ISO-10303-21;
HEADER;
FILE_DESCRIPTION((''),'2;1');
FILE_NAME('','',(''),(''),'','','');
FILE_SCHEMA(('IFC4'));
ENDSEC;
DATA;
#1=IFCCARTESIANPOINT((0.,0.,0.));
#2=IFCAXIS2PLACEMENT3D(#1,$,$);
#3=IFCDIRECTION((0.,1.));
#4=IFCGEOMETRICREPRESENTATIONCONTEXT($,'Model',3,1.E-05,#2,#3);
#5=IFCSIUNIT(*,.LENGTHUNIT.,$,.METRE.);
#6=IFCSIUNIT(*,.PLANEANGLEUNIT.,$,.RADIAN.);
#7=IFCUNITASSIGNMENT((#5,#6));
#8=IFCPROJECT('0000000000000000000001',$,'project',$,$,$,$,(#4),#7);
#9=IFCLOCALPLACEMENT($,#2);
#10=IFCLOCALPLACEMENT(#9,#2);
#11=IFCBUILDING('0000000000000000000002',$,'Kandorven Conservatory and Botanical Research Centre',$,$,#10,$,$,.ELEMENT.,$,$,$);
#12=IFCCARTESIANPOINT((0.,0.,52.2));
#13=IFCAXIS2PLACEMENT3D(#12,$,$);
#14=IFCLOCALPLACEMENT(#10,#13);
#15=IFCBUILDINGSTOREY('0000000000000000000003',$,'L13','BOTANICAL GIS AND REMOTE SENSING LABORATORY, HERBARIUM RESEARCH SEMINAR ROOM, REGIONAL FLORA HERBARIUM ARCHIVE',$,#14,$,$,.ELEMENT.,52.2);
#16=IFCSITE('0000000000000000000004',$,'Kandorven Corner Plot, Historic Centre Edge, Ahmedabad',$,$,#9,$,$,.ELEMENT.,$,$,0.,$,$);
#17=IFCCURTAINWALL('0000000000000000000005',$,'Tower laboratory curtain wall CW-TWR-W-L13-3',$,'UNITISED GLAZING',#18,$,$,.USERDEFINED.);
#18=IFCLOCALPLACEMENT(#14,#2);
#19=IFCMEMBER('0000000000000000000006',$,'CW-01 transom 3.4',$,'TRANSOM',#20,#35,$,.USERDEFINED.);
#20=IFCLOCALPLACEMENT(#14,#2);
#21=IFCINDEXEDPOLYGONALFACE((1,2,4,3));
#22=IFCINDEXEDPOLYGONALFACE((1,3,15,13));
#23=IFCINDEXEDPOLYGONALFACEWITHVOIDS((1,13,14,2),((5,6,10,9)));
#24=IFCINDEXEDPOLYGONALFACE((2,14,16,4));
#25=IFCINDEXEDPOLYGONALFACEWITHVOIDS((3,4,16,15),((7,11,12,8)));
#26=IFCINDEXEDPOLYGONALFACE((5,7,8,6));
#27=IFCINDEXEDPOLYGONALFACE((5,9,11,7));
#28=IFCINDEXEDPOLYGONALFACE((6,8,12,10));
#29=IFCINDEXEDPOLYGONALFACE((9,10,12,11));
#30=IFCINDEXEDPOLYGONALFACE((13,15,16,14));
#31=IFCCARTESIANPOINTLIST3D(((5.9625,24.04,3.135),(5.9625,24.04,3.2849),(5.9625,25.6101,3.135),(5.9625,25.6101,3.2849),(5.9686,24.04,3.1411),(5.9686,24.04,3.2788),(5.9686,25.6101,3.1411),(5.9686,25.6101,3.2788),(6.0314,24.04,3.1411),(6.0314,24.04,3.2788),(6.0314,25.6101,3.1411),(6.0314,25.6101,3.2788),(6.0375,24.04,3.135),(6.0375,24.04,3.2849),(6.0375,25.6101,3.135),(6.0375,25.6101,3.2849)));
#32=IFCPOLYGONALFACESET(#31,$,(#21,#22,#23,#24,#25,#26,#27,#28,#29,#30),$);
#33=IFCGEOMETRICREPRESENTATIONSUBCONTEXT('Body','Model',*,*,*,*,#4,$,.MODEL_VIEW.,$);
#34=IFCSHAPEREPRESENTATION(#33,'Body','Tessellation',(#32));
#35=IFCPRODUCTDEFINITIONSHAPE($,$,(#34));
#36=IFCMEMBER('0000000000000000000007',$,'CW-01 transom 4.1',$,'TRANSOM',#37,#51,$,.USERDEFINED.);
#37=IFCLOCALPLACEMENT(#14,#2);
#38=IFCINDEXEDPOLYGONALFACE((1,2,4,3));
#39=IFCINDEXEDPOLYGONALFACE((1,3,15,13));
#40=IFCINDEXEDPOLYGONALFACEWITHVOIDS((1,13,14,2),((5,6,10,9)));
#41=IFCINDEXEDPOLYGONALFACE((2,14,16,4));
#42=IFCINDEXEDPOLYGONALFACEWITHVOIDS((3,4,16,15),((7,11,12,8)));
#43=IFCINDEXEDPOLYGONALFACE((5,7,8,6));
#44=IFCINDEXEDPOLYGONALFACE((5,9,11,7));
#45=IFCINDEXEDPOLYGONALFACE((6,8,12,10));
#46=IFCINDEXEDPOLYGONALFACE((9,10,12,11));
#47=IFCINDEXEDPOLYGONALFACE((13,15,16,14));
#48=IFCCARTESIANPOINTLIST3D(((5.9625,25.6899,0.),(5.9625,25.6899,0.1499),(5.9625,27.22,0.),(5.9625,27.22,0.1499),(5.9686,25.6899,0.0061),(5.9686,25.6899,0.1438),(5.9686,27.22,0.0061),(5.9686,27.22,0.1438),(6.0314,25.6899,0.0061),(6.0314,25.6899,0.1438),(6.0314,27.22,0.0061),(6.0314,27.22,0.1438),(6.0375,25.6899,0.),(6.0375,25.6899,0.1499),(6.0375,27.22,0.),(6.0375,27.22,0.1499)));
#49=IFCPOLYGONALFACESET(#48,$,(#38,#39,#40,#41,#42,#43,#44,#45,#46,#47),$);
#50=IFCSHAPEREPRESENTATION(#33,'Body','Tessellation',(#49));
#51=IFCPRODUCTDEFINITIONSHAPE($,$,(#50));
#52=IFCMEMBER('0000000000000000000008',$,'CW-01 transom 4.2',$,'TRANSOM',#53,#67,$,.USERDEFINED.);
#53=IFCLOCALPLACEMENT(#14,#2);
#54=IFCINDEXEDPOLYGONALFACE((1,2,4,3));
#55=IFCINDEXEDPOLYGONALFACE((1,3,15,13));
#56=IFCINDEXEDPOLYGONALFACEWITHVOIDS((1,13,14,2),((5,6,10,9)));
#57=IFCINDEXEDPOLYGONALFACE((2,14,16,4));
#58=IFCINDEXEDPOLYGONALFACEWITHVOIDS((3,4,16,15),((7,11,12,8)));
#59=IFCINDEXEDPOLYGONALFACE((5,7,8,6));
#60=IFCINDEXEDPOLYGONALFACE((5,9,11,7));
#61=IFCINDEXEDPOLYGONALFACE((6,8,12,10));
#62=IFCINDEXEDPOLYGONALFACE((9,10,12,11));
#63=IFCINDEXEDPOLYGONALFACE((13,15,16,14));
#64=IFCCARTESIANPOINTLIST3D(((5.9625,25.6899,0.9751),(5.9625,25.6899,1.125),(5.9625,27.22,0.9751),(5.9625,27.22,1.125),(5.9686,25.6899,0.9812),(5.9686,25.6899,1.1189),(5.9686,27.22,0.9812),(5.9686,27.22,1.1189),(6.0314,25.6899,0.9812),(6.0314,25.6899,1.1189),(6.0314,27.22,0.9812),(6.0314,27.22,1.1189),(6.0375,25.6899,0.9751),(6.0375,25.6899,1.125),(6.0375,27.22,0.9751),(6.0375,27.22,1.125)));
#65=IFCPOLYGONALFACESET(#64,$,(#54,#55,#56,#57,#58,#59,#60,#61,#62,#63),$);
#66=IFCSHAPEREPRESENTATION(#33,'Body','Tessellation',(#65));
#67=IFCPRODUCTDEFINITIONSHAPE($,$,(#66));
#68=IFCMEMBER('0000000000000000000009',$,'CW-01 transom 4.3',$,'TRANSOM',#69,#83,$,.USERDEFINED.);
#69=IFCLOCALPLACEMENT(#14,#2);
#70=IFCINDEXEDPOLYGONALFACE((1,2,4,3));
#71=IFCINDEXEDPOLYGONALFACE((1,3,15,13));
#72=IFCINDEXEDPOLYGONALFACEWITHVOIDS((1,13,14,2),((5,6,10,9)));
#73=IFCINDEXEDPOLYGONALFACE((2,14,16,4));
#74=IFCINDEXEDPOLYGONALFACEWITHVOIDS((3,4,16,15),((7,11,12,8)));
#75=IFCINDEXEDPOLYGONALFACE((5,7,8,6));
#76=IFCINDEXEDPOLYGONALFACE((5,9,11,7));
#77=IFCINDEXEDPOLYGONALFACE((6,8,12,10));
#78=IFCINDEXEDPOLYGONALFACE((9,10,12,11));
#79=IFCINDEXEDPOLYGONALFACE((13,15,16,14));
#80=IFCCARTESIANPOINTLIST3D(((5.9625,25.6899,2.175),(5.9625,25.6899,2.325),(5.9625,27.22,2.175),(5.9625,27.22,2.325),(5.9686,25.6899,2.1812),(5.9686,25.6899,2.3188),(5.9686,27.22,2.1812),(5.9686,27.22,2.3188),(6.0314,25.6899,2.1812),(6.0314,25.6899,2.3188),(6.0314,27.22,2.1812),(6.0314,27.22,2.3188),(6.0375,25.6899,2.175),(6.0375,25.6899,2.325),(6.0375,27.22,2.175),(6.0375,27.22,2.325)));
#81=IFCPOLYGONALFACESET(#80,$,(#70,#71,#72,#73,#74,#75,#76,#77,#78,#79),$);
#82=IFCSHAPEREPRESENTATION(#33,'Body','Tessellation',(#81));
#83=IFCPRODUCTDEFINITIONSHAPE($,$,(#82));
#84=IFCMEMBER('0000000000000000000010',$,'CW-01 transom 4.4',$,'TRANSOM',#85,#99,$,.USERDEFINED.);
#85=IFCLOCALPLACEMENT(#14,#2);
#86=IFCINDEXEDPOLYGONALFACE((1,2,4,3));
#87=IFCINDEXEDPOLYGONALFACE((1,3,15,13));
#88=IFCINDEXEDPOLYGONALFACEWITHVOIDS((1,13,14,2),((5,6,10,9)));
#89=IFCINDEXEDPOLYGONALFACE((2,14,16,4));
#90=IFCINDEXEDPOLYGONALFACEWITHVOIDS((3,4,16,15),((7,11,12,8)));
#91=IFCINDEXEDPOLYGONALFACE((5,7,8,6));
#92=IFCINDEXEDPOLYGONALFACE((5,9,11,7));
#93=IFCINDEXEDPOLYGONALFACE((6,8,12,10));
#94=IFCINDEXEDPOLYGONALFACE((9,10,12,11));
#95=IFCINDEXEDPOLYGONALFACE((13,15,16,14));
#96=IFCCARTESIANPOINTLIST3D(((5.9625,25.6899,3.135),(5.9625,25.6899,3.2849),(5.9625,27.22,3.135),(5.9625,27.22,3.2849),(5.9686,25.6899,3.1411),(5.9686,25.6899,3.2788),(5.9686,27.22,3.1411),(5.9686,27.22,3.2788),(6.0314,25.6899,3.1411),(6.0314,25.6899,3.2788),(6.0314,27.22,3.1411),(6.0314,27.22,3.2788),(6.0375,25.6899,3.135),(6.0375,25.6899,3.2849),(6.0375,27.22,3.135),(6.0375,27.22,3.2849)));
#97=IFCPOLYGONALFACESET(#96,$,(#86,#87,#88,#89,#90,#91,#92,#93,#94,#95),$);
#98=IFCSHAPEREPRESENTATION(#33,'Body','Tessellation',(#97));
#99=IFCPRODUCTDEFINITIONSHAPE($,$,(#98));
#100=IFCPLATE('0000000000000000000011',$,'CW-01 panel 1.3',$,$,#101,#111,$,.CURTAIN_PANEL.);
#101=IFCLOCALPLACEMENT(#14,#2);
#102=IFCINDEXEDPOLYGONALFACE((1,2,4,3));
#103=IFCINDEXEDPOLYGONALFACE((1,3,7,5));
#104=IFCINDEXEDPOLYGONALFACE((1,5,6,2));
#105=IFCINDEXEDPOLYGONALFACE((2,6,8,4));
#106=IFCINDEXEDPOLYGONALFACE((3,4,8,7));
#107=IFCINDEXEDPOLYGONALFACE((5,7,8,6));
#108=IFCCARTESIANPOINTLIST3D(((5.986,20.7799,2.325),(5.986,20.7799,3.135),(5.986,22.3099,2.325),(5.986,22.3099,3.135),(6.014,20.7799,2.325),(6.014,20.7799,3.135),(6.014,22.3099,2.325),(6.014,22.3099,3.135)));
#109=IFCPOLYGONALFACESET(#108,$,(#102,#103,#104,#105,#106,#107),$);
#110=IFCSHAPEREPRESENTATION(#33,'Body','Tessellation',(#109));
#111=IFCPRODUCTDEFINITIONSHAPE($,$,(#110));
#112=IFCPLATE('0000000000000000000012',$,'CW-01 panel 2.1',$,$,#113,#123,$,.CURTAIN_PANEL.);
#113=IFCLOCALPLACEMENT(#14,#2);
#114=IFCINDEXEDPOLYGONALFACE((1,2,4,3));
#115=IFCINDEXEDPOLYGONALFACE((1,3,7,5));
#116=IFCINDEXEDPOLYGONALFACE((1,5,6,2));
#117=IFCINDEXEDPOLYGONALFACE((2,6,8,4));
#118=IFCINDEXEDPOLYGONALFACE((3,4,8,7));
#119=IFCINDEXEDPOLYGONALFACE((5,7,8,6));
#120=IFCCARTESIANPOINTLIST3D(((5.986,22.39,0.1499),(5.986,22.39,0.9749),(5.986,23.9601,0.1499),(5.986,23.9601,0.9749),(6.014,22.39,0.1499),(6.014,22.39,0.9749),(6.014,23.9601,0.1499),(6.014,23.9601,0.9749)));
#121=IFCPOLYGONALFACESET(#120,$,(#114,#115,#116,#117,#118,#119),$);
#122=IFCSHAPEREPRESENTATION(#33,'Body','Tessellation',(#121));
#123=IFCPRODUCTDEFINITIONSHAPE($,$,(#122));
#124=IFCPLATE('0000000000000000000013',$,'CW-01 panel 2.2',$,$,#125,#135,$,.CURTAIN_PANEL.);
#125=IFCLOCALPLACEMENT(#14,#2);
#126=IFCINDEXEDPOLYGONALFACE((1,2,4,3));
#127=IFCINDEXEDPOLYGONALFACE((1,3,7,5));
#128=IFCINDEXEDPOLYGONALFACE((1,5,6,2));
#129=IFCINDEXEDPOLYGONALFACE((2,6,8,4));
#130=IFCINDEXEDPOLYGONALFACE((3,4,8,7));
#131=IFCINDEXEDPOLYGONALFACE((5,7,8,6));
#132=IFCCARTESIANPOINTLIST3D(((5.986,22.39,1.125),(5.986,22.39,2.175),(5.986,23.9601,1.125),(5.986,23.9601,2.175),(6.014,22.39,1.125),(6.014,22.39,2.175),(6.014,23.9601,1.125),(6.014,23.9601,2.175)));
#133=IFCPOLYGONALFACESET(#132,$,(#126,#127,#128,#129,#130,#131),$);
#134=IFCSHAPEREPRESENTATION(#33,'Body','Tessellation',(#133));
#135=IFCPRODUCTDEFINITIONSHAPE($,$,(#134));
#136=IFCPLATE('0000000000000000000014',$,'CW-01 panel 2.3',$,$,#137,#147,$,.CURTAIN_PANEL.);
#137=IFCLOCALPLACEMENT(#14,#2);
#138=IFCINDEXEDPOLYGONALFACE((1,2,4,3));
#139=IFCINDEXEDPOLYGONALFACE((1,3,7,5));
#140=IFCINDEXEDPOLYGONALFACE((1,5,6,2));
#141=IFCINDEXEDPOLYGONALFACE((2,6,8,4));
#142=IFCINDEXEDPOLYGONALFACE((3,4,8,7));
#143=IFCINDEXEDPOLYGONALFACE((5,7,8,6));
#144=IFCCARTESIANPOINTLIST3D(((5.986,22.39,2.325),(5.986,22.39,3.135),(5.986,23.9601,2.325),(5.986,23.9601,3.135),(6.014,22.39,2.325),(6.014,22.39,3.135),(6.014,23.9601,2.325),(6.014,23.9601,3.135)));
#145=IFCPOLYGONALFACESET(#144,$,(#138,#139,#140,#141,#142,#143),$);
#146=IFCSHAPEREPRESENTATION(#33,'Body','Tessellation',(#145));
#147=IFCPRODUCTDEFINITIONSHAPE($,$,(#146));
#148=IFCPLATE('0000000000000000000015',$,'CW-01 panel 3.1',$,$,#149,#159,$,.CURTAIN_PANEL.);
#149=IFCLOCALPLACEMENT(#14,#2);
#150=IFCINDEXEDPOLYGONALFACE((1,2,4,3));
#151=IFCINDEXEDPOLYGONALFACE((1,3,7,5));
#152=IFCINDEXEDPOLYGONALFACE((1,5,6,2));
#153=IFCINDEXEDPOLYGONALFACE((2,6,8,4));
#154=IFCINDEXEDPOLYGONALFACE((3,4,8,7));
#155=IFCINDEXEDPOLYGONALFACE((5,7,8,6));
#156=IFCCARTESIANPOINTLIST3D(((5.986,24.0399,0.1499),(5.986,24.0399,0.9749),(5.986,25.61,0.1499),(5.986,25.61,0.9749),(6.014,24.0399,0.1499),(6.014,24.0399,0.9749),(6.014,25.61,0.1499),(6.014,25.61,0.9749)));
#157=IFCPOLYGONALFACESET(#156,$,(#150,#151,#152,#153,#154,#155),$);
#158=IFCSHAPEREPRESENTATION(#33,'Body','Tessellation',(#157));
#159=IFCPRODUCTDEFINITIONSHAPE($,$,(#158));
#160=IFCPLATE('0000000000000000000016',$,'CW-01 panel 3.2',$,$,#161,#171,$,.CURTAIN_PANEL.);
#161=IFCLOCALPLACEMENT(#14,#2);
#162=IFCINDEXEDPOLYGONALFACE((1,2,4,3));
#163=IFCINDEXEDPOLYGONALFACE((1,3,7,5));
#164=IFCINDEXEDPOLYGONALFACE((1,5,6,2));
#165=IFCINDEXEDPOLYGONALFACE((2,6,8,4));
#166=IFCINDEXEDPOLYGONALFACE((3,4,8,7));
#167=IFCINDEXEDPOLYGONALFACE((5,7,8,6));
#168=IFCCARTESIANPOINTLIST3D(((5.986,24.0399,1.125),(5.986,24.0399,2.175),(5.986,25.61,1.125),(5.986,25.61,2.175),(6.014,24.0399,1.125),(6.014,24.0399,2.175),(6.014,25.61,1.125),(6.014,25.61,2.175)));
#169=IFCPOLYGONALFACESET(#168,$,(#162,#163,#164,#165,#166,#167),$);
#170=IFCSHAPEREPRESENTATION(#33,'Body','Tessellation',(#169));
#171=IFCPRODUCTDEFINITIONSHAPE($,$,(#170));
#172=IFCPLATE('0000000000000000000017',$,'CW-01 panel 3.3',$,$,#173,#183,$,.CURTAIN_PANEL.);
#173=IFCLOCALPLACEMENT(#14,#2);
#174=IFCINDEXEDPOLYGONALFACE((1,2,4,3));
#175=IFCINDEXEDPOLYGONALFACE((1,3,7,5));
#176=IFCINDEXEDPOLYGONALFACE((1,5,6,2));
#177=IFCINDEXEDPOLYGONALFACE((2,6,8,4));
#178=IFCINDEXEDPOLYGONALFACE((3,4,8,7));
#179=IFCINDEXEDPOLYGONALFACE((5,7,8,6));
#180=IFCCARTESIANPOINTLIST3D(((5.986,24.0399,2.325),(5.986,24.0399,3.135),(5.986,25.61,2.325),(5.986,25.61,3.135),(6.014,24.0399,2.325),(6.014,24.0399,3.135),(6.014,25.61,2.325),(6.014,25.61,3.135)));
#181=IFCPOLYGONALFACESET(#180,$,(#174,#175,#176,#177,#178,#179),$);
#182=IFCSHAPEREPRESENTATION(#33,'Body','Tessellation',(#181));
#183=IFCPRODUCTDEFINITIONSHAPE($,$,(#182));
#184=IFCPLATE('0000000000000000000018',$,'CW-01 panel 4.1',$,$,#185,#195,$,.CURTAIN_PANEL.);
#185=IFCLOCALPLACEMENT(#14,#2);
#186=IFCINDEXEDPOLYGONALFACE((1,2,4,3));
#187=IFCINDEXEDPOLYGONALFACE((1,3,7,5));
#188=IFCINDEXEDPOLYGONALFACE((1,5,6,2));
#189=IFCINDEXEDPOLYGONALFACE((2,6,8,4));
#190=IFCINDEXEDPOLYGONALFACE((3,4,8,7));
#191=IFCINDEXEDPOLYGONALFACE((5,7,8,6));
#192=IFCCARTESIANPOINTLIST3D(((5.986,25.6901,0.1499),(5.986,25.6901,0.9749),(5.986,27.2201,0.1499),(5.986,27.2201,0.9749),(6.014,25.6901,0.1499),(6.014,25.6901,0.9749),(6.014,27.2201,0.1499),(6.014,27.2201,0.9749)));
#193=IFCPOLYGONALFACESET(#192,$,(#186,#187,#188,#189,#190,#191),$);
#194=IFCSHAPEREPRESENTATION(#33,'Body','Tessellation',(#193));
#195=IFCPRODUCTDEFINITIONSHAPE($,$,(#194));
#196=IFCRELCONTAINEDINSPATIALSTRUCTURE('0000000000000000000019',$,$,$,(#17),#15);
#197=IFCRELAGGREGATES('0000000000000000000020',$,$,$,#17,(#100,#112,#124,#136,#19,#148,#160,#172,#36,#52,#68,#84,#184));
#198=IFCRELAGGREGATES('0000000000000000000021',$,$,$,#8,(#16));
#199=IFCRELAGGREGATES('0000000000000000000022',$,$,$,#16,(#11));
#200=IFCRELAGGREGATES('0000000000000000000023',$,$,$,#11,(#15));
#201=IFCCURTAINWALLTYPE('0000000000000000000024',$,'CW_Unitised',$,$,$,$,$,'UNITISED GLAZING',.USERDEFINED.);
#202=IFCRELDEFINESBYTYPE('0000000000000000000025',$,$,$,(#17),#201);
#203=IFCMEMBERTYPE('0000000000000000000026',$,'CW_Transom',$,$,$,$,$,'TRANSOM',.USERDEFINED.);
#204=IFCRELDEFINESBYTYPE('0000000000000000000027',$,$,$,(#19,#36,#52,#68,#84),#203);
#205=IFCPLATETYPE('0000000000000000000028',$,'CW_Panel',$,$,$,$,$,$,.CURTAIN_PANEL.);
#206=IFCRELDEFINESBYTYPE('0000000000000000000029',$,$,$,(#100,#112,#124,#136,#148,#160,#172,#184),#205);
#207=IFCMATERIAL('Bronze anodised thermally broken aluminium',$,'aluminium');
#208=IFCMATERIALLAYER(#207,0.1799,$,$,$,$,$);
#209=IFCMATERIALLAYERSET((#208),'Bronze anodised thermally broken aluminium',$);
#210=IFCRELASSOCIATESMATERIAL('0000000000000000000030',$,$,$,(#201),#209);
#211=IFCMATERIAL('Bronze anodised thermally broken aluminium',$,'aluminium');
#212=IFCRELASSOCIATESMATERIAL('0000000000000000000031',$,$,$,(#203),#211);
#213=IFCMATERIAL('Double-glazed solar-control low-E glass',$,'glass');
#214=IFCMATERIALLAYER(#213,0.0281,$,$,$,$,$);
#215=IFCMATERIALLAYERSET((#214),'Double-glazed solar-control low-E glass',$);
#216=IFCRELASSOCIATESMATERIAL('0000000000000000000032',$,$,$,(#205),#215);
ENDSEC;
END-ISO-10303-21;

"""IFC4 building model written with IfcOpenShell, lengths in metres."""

from ifc_helpers import new_model, si_unit, direction, frame, origin, origin_2d, place, context, subcontext, project, spatial, rectangle, hollow_rectangle, extrude, material, layer, layer_set, material_profile, profile_set, type_object, element, aggregate, save


model = new_model("IFC4")

# Units and contexts
model_context = context("Model", 3, precision=1e-05, world=origin(), true_north=direction((0.0, 1.0)))
body_context = subcontext(model_context, "Body", "Model", "MODEL_VIEW")
ifc_project = project(units=[si_unit("LENGTHUNIT", "METRE"), si_unit("PLANEANGLEUNIT", "RADIAN")], contexts=[model_context])

# Site, building, storey
site_placement = place(None, origin())
site = spatial("IfcSite", under=ifc_project, at=site_placement, Name="Kandorven Corner Plot, Historic Centre Edge, Ahmedabad", CompositionType="ELEMENT", RefElevation=0.0)
building_placement = place(site_placement, origin())
building = spatial("IfcBuilding", under=site, at=building_placement, Name="Kandorven Conservatory and Botanical Research Centre", CompositionType="ELEMENT")
storey_placement = place(building_placement, frame((0.0, 0.0, 52.2)))
storey = spatial("IfcBuildingStorey", under=building, at=storey_placement, Name="L13", Description="BOTANICAL GIS AND REMOTE SENSING LABORATORY, HERBARIUM RESEARCH SEMINAR ROOM, REGIONAL FLORA HERBARIUM ARCHIVE", CompositionType="ELEMENT", Elevation=52.2)

# Curtain wall, members, plates
ifc_material_1 = material(Name="Bronze anodised thermally broken aluminium", Category="aluminium")
ifc_layer_1 = layer(ifc_material_1, 0.1799)
ifc_layer_set_1 = layer_set([ifc_layer_1], Name="Bronze anodised thermally broken aluminium")
curtain_wall_type = type_object("IfcCurtainWallType", Name="CW_Unitised", ElementType="UNITISED GLAZING", PredefinedType="USERDEFINED", material=ifc_layer_set_1)
curtain_wall_placement = place(storey_placement, origin())
curtain_wall = element("IfcCurtainWall", 1, at=curtain_wall_placement, inside=storey, type_object=curtain_wall_type, Name="Tower laboratory curtain wall CW-TWR-W-L13-3", ObjectType="UNITISED GLAZING", PredefinedType="USERDEFINED")
ifc_material_2 = material(Name="Bronze anodised thermally broken aluminium", Category="aluminium")
ifc_material_profile_1 = material_profile(ifc_material_2, hollow_rectangle(XDim=0.075, YDim=0.1499, WallThickness=0.0061, at=origin_2d()))
ifc_profile_set_1 = profile_set([ifc_material_profile_1], Name="Bronze anodised thermally broken aluminium")
member_type_1 = type_object("IfcMemberType", Name="CW_Transom", ElementType="TRANSOM", PredefinedType="USERDEFINED", material=ifc_profile_set_1)
member_1_placement = place(storey_placement, frame((6.0, 24.04, 3.21), z_axis=(0.0, 1.0, 0.0), x_axis=(-1.0, 0.0, 0.0)))
member_1 = element("IfcMember", 2, at=member_1_placement, type_object=member_type_1, Name="CW-01 transom 3.4", ObjectType="TRANSOM", PredefinedType="USERDEFINED", context=body_context, shape_type="SweptSolid", body=[
    extrude(hollow_rectangle(XDim=0.075, YDim=0.1499, WallThickness=0.0061, at=origin_2d()), origin(), (0.0, 0.0, 1.0), 1.5701),
])
member_2_placement = place(storey_placement, frame((6.0, 25.6899, 0.075), z_axis=(0.0, 1.0, 0.0), x_axis=(-1.0, 0.0, 0.0)))
member_2 = element("IfcMember", 3, at=member_2_placement, type_object=member_type_1, Name="CW-01 transom 4.1", ObjectType="TRANSOM", PredefinedType="USERDEFINED", context=body_context, shape_type="SweptSolid", body=[
    extrude(hollow_rectangle(XDim=0.075, YDim=0.1499, WallThickness=0.0061, at=origin_2d()), origin(), (0.0, 0.0, 1.0), 1.53),
])
member_3_placement = place(storey_placement, frame((6.0, 25.6899, 1.05), z_axis=(0.0, 1.0, 0.0), x_axis=(-1.0, 0.0, 0.0)))
member_3 = element("IfcMember", 4, at=member_3_placement, type_object=member_type_1, Name="CW-01 transom 4.2", ObjectType="TRANSOM", PredefinedType="USERDEFINED", context=body_context, shape_type="SweptSolid", body=[
    extrude(hollow_rectangle(XDim=0.075, YDim=0.1499, WallThickness=0.0061, at=origin_2d()), origin(), (0.0, 0.0, 1.0), 1.53),
])
member_4_placement = place(storey_placement, frame((6.0, 25.6899, 2.25), z_axis=(0.0, 1.0, 0.0), x_axis=(-1.0, 0.0, 0.0)))
member_4 = element("IfcMember", 5, at=member_4_placement, type_object=member_type_1, Name="CW-01 transom 4.3", ObjectType="TRANSOM", PredefinedType="USERDEFINED", context=body_context, shape_type="SweptSolid", body=[
    extrude(hollow_rectangle(XDim=0.075, YDim=0.1499, WallThickness=0.0061, at=origin_2d()), origin(), (0.0, 0.0, 1.0), 1.53),
])
member_5_placement = place(storey_placement, frame((6.0, 25.6899, 3.21), z_axis=(0.0, 1.0, 0.0), x_axis=(-1.0, 0.0, 0.0)))
member_5 = element("IfcMember", 6, at=member_5_placement, type_object=member_type_1, Name="CW-01 transom 4.4", ObjectType="TRANSOM", PredefinedType="USERDEFINED", context=body_context, shape_type="SweptSolid", body=[
    extrude(hollow_rectangle(XDim=0.075, YDim=0.1499, WallThickness=0.0061, at=origin_2d()), origin(), (0.0, 0.0, 1.0), 1.53),
])
ifc_material_3 = material(Name="Double-glazed solar-control low-E glass", Category="glass")
ifc_layer_2 = layer(ifc_material_3, 0.0281)
ifc_layer_set_2 = layer_set([ifc_layer_2], Name="Double-glazed solar-control low-E glass")
plate_type_1 = type_object("IfcPlateType", Name="CW_Panel", PredefinedType="CURTAIN_PANEL", material=ifc_layer_set_2)
plate_1_placement = place(storey_placement, frame((6.0, 21.5449, 2.325), z_axis=(0.0, 0.0, 1.0), x_axis=(0.0, 1.0, 0.0)))
plate_1 = element("IfcPlate", 7, at=plate_1_placement, type_object=plate_type_1, Name="CW-01 panel 1.3", PredefinedType="CURTAIN_PANEL", context=body_context, shape_type="SweptSolid", body=[
    extrude(rectangle(XDim=1.53, YDim=0.0281, at=origin_2d()), origin(), (0.0, 0.0, 1.0), 0.8101),
])
plate_2_placement = place(storey_placement, frame((6.0, 23.175, 0.1499), z_axis=(0.0, 0.0, 1.0), x_axis=(0.0, 1.0, 0.0)))
plate_2 = element("IfcPlate", 8, at=plate_2_placement, type_object=plate_type_1, Name="CW-01 panel 2.1", PredefinedType="CURTAIN_PANEL", context=body_context, shape_type="SweptSolid", body=[
    extrude(rectangle(XDim=1.5701, YDim=0.0281, at=origin_2d()), origin(), (0.0, 0.0, 1.0), 0.825),
])
plate_3_placement = place(storey_placement, frame((6.0, 23.175, 1.125), z_axis=(0.0, 0.0, 1.0), x_axis=(0.0, 1.0, 0.0)))
plate_3 = element("IfcPlate", 9, at=plate_3_placement, type_object=plate_type_1, Name="CW-01 panel 2.2", PredefinedType="CURTAIN_PANEL", context=body_context, shape_type="SweptSolid", body=[
    extrude(rectangle(XDim=1.5701, YDim=0.0281, at=origin_2d()), origin(), (0.0, 0.0, 1.0), 1.05),
])
plate_4_placement = place(storey_placement, frame((6.0, 23.175, 2.325), z_axis=(0.0, 0.0, 1.0), x_axis=(0.0, 1.0, 0.0)))
plate_4 = element("IfcPlate", 10, at=plate_4_placement, type_object=plate_type_1, Name="CW-01 panel 2.3", PredefinedType="CURTAIN_PANEL", context=body_context, shape_type="SweptSolid", body=[
    extrude(rectangle(XDim=1.5701, YDim=0.0281, at=origin_2d()), origin(), (0.0, 0.0, 1.0), 0.8101),
])
plate_5_placement = place(storey_placement, frame((6.0, 24.825, 0.1499), z_axis=(0.0, 0.0, 1.0), x_axis=(0.0, 1.0, 0.0)))
plate_5 = element("IfcPlate", 11, at=plate_5_placement, type_object=plate_type_1, Name="CW-01 panel 3.1", PredefinedType="CURTAIN_PANEL", context=body_context, shape_type="SweptSolid", body=[
    extrude(rectangle(XDim=1.5701, YDim=0.0281, at=origin_2d()), origin(), (0.0, 0.0, 1.0), 0.825),
])
plate_6_placement = place(storey_placement, frame((6.0, 24.825, 1.125), z_axis=(0.0, 0.0, 1.0), x_axis=(0.0, 1.0, 0.0)))
plate_6 = element("IfcPlate", 12, at=plate_6_placement, type_object=plate_type_1, Name="CW-01 panel 3.2", PredefinedType="CURTAIN_PANEL", context=body_context, shape_type="SweptSolid", body=[
    extrude(rectangle(XDim=1.5701, YDim=0.0281, at=origin_2d()), origin(), (0.0, 0.0, 1.0), 1.05),
])
plate_7_placement = place(storey_placement, frame((6.0, 24.825, 2.325), z_axis=(0.0, 0.0, 1.0), x_axis=(0.0, 1.0, 0.0)))
plate_7 = element("IfcPlate", 13, at=plate_7_placement, type_object=plate_type_1, Name="CW-01 panel 3.3", PredefinedType="CURTAIN_PANEL", context=body_context, shape_type="SweptSolid", body=[
    extrude(rectangle(XDim=1.5701, YDim=0.0281, at=origin_2d()), origin(), (0.0, 0.0, 1.0), 0.8101),
])
plate_8_placement = place(storey_placement, frame((6.0, 26.4551, 0.1499), z_axis=(0.0, 0.0, 1.0), x_axis=(0.0, 1.0, 0.0)))
plate_8 = element("IfcPlate", 14, at=plate_8_placement, type_object=plate_type_1, Name="CW-01 panel 4.1", PredefinedType="CURTAIN_PANEL", context=body_context, shape_type="SweptSolid", body=[
    extrude(rectangle(XDim=1.53, YDim=0.0281, at=origin_2d()), origin(), (0.0, 0.0, 1.0), 0.825),
])
aggregate(curtain_wall, [plate_1, plate_2, plate_3, plate_4, member_1, plate_5, plate_6, plate_7, member_2, member_3, member_4, member_5, plate_8])

save(model, "model.ifc")
